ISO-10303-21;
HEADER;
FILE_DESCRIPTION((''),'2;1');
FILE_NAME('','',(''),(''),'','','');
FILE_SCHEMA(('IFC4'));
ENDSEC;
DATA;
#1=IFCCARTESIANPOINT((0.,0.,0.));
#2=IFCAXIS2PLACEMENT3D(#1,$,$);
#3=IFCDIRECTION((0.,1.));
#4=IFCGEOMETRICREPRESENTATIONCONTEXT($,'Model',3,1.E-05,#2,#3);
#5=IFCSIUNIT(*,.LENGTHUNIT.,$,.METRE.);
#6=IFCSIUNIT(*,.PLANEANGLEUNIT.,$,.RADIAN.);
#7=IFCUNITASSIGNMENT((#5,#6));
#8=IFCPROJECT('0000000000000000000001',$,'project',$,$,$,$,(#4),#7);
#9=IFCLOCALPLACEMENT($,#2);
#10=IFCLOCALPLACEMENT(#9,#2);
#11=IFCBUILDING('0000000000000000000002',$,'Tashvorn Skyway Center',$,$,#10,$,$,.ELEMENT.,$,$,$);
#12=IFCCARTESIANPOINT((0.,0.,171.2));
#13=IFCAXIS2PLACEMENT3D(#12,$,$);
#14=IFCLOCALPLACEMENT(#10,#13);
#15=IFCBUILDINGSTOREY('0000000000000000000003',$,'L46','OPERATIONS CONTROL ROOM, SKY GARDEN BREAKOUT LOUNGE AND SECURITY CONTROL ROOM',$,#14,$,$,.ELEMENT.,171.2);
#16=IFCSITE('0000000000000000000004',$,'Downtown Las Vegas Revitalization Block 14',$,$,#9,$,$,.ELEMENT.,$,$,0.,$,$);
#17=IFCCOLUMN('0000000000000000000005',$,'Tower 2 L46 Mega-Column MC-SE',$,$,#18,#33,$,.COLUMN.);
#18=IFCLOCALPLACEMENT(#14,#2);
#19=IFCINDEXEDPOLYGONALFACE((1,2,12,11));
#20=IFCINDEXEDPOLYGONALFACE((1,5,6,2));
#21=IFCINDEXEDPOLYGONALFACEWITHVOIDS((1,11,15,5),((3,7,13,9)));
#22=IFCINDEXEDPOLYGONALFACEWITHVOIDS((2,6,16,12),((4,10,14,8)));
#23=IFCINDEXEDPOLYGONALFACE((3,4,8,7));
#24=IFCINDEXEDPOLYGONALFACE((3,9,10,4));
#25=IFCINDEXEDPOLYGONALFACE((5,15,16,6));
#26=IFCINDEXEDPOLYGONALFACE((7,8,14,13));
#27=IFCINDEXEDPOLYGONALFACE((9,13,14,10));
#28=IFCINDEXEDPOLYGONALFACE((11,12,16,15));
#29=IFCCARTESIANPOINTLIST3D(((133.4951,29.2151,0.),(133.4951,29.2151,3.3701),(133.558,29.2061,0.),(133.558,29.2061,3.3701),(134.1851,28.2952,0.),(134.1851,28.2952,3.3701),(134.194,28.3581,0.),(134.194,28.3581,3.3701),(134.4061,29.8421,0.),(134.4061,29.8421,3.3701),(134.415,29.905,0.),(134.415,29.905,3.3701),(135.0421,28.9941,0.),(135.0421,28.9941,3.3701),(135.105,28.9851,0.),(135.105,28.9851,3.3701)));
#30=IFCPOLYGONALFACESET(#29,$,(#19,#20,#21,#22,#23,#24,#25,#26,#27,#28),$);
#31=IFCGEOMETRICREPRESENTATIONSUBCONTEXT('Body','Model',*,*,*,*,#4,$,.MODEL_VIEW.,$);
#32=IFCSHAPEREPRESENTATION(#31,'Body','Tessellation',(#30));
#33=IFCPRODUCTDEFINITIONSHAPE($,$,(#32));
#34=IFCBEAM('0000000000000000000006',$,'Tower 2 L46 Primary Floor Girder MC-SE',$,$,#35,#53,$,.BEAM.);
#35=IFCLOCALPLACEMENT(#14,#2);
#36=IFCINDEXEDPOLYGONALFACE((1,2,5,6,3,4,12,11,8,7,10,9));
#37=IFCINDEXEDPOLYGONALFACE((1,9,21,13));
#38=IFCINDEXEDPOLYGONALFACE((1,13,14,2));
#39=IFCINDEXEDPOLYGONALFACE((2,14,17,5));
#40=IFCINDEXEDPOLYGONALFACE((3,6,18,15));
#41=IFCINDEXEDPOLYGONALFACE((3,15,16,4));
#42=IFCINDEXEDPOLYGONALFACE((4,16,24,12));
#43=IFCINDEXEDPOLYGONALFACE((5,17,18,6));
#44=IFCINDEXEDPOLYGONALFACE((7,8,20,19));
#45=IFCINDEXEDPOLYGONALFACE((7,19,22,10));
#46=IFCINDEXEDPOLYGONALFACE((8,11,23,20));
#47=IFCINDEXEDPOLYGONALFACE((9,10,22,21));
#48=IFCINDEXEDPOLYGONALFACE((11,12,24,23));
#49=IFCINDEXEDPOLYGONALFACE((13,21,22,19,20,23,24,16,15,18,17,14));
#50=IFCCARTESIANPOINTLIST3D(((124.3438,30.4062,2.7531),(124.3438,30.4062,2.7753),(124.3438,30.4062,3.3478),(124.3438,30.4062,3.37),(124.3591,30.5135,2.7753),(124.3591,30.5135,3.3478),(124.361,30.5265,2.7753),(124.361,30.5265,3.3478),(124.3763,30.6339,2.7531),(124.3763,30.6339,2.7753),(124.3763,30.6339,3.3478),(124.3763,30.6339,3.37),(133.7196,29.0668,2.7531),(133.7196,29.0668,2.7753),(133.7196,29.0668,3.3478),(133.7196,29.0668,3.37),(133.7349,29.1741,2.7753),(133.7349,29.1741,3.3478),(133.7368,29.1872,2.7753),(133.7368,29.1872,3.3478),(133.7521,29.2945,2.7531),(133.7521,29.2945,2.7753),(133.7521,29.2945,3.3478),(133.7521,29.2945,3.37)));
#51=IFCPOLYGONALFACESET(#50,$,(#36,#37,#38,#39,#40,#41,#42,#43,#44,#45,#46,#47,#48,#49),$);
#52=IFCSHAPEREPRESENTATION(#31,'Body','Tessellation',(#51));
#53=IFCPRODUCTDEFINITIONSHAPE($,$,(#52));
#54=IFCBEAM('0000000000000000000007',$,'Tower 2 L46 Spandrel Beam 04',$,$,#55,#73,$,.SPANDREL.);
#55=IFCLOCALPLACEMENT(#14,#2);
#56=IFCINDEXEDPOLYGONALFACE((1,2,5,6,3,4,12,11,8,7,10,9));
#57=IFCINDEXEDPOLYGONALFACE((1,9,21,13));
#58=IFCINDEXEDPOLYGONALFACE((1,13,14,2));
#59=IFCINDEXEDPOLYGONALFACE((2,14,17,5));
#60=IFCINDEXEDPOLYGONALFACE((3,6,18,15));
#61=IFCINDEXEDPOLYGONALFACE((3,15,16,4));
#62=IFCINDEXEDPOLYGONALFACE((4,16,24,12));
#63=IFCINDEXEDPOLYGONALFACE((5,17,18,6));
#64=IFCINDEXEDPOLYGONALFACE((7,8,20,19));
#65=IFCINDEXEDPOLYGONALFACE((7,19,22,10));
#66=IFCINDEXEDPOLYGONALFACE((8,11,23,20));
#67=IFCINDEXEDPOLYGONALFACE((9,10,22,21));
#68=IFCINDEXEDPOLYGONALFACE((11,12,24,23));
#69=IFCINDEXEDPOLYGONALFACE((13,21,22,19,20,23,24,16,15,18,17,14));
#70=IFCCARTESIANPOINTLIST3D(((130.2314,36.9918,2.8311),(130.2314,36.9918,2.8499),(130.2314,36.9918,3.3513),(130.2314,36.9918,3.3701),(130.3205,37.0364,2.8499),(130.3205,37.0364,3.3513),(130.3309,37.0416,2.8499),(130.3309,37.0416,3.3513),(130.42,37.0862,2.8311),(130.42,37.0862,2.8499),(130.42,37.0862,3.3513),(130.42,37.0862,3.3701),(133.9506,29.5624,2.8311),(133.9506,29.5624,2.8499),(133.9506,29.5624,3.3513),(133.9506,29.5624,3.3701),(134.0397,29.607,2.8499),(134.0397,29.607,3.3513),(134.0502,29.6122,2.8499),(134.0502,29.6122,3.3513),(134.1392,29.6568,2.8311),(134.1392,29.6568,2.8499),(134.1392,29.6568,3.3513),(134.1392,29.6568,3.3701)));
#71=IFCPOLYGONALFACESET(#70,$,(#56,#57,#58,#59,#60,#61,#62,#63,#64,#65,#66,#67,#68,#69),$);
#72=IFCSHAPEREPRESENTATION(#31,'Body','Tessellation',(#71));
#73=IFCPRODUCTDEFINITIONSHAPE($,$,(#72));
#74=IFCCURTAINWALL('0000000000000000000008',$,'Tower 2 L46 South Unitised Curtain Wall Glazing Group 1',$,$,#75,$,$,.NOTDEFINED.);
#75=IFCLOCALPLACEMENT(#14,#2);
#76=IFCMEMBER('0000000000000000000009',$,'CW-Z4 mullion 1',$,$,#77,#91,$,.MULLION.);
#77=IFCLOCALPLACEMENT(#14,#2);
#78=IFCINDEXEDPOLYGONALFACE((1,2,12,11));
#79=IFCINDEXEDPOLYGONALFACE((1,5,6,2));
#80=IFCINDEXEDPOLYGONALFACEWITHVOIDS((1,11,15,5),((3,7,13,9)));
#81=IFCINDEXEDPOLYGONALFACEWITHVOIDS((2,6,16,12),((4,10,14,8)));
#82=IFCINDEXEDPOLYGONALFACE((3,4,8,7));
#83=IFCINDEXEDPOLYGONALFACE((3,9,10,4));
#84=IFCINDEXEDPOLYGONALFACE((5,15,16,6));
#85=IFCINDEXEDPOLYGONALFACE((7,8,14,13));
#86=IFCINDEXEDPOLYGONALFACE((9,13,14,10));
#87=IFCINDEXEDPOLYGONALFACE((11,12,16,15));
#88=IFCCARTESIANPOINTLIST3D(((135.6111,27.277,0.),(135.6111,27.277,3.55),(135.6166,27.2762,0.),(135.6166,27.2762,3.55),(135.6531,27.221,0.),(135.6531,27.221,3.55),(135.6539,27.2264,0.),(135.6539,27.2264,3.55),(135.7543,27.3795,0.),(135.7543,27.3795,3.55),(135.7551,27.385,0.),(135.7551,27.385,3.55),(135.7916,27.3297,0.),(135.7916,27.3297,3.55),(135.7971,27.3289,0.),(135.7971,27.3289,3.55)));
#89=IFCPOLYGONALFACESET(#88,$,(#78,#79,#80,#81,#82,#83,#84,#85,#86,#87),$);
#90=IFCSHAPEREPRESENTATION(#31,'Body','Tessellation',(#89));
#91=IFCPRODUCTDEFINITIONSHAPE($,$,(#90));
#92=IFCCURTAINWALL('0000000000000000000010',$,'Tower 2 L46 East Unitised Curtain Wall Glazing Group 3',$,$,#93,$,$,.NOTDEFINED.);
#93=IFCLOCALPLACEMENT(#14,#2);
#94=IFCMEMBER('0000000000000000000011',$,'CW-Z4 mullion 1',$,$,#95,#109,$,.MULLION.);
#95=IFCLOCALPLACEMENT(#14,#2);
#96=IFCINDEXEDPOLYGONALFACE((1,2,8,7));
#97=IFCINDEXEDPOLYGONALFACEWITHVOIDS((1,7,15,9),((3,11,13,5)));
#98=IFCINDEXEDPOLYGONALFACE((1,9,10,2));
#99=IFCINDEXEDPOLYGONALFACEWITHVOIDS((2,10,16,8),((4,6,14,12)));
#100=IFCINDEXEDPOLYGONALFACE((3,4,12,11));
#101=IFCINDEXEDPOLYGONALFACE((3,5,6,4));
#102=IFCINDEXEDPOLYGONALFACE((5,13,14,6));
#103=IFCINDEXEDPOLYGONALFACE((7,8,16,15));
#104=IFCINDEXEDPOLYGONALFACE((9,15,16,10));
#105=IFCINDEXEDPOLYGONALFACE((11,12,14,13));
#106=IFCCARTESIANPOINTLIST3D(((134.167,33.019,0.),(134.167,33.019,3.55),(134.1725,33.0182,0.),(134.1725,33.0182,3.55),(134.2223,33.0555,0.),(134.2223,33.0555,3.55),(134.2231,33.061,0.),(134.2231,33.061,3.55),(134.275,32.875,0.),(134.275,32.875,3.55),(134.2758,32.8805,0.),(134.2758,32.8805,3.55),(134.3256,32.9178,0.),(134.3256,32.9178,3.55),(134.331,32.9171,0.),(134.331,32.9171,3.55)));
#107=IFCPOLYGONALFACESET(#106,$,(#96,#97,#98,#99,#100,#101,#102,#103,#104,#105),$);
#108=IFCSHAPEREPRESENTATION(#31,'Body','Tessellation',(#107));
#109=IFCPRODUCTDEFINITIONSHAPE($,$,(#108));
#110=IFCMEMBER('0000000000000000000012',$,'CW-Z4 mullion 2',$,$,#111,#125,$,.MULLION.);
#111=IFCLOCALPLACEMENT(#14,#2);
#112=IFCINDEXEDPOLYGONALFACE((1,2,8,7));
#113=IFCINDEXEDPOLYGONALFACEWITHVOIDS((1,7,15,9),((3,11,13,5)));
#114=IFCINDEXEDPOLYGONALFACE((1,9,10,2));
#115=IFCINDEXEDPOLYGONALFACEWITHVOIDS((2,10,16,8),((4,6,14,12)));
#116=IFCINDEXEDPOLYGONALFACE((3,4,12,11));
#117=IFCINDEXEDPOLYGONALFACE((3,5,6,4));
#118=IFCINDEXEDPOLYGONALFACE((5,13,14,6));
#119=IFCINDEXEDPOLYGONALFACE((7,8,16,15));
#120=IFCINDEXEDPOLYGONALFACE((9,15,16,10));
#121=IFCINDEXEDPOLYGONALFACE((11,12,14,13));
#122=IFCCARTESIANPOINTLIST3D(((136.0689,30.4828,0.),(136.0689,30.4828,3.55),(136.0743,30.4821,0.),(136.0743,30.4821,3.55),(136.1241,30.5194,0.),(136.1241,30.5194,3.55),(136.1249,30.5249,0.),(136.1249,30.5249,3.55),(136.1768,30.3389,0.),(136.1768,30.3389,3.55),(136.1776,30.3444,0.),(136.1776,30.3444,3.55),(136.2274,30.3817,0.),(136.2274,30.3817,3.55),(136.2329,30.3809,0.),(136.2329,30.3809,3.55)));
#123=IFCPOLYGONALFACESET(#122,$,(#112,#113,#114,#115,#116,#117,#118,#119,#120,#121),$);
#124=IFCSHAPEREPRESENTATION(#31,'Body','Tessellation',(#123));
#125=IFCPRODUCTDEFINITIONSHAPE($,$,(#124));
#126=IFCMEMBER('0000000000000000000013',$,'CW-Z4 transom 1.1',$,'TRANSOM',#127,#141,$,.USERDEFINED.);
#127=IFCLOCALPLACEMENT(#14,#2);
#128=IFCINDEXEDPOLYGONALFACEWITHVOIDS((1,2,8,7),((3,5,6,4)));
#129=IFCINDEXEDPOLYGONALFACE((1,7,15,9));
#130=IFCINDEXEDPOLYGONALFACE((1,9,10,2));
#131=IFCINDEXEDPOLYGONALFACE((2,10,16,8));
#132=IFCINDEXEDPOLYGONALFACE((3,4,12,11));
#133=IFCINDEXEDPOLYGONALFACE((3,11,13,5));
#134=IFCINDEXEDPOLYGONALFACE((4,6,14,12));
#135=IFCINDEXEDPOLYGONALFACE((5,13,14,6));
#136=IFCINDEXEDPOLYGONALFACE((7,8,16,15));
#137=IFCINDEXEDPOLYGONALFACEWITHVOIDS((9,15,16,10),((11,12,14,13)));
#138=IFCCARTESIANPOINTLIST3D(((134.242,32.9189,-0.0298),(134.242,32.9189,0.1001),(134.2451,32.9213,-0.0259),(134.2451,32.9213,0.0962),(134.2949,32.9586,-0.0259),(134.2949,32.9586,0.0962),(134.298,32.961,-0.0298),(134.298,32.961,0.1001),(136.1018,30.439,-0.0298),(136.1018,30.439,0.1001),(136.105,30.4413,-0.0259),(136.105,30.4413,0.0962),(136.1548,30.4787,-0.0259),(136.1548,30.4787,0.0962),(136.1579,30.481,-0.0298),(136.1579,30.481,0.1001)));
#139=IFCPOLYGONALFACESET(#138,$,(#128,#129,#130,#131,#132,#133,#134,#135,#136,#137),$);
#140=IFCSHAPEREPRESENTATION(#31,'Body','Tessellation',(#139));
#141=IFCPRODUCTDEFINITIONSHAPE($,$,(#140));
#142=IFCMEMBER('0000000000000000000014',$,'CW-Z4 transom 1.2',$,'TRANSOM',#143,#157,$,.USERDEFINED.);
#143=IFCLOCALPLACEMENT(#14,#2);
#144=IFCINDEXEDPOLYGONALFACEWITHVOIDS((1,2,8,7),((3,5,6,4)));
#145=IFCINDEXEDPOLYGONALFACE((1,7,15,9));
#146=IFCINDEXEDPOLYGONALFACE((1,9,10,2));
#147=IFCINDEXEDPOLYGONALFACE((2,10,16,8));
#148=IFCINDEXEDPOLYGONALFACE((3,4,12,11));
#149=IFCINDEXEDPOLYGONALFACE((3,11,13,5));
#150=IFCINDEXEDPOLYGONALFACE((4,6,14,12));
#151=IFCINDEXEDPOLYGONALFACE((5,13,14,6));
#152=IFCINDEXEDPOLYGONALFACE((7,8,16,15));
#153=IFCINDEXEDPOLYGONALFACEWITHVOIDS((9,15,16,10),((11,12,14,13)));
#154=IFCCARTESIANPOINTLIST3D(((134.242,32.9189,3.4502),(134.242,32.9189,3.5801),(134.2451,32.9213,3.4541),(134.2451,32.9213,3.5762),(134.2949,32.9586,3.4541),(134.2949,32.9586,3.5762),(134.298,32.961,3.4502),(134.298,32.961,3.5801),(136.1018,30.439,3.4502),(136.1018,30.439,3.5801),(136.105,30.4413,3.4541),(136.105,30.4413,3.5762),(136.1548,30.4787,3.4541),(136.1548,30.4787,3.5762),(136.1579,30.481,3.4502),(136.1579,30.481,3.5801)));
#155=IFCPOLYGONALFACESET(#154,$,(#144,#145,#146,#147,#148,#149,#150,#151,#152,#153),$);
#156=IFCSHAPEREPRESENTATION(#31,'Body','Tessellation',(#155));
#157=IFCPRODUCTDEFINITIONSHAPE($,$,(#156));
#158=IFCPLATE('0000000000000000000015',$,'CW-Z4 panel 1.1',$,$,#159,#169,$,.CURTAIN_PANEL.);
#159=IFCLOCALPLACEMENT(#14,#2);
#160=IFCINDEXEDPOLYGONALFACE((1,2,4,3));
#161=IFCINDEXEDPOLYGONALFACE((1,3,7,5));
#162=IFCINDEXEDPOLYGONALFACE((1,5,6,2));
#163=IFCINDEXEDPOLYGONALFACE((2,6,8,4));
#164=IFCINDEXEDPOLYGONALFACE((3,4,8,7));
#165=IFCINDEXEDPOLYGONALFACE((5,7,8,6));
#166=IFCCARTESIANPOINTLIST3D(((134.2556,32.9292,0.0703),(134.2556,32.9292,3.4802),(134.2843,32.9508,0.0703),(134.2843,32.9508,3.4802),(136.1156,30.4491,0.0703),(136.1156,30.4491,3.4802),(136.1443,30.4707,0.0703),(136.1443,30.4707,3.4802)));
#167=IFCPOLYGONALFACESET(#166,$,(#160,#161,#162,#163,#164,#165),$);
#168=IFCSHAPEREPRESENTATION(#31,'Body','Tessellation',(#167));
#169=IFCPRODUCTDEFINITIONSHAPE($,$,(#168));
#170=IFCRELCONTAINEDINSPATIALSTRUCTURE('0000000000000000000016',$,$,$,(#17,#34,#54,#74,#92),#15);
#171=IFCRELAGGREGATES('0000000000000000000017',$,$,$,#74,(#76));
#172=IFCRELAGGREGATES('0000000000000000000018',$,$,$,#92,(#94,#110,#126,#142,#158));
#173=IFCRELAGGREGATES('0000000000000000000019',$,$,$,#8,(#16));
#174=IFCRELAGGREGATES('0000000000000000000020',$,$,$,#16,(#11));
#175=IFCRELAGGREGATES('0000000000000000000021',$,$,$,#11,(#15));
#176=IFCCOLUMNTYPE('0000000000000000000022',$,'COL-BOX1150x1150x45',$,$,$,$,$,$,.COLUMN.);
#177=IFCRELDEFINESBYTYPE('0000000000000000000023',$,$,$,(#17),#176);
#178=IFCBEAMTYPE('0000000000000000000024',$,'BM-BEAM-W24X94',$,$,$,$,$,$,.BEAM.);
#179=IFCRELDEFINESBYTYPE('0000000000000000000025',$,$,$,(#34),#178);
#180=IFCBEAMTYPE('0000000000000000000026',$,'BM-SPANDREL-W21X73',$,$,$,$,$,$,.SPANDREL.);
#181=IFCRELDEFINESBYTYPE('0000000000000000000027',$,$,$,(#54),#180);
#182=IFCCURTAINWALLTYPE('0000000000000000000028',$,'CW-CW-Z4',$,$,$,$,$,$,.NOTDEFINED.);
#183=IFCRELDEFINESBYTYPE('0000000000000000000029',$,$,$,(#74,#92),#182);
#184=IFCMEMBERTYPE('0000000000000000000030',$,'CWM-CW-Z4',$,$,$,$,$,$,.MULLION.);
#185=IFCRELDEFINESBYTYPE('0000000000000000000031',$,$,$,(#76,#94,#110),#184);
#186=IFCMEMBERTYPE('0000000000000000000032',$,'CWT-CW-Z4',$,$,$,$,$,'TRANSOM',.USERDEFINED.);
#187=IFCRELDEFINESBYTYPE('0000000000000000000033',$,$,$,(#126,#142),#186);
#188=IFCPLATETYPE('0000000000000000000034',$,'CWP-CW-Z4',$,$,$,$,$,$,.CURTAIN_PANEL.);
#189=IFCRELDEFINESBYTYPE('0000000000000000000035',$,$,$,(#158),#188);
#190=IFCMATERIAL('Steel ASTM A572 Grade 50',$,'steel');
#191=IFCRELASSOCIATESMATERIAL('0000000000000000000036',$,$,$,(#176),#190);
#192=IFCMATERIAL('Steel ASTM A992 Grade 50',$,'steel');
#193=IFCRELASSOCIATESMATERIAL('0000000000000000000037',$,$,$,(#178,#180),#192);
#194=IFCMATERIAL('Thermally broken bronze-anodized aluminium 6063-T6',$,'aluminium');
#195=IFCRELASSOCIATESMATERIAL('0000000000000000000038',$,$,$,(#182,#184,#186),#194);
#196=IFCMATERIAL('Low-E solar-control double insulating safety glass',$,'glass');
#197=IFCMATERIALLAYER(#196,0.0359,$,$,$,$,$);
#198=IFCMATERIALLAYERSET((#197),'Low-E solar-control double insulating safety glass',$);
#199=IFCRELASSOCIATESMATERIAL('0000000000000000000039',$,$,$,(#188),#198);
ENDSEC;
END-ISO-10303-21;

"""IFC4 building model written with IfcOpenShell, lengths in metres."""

from ifc_helpers import new_model, si_unit, direction, frame, origin, origin_2d, place, context, subcontext, project, spatial, rectangle, hollow_rectangle, i_section, extrude, material, layer, layer_set, material_profile, profile_set, type_object, element, aggregate, save


model = new_model("IFC4")

# Units and contexts
model_context = context("Model", 3, precision=1e-05, world=origin(), true_north=direction((0.0, 1.0)))
body_context = subcontext(model_context, "Body", "Model", "MODEL_VIEW")
ifc_project = project(units=[si_unit("LENGTHUNIT", "METRE"), si_unit("PLANEANGLEUNIT", "RADIAN")], contexts=[model_context])

# Site, building, storey
site_placement = place(None, origin())
site = spatial("IfcSite", under=ifc_project, at=site_placement, Name="Downtown Las Vegas Revitalization Block 14", CompositionType="ELEMENT", RefElevation=0.0)
building_placement = place(site_placement, origin())
building = spatial("IfcBuilding", under=site, at=building_placement, Name="Tashvorn Skyway Center", CompositionType="ELEMENT")
storey_placement = place(building_placement, frame((0.0, 0.0, 171.2)))
storey = spatial("IfcBuildingStorey", under=building, at=storey_placement, Name="L46", Description="OPERATIONS CONTROL ROOM, SKY GARDEN BREAKOUT LOUNGE AND SECURITY CONTROL ROOM", CompositionType="ELEMENT", Elevation=171.2)

# Column
ifc_material_1 = material(Name="Steel ASTM A572 Grade 50", Category="steel")
ifc_material_profile_1 = material_profile(ifc_material_1, hollow_rectangle(XDim=1.1499, YDim=1.1499, WallThickness=0.0449, at=origin_2d()), Name="BOX1150x1150x45")
ifc_profile_set_1 = profile_set([ifc_material_profile_1], Name="Steel ASTM A572 Grade 50")
column_type = type_object("IfcColumnType", Name="COL-BOX1150x1150x45", PredefinedType="COLUMN", material=ifc_profile_set_1)
column_placement = place(storey_placement, frame((134.3, 29.1001, 0.0), z_axis=(0.0, 0.0, 1.0), x_axis=(0.8, 0.6, 0.0)))
element("IfcColumn", 1, at=column_placement, inside=storey, type_object=column_type, Name="Tower 2 L46 Mega-Column MC-SE", PredefinedType="COLUMN", context=body_context, shape_type="SweptSolid", body=[
    extrude(hollow_rectangle(XDim=1.1499, YDim=1.1499, WallThickness=0.0449, at=origin_2d()), origin(), (0.0, 0.0, 1.0), 3.3701),
])

# Beams
ifc_material_2 = material(Name="Steel ASTM A992 Grade 50", Category="steel")
ifc_material_profile_2 = material_profile(ifc_material_2, i_section(OverallWidth=0.23, OverallDepth=0.6169, WebThickness=0.0132, FlangeThickness=0.0222, at=origin_2d()), Name="W24X94")
ifc_profile_set_2 = profile_set([ifc_material_profile_2], Name="Steel ASTM A992 Grade 50")
beam_type_1 = type_object("IfcBeamType", Name="BM-BEAM-W24X94", PredefinedType="BEAM", material=ifc_profile_set_2)
beam_1_placement = place(storey_placement, frame((133.7358, 29.1807, 3.0615), z_axis=(-0.98995, 0.141418, 0.0), x_axis=(-0.141418, -0.98995, 0.0)))
element("IfcBeam", 2, at=beam_1_placement, inside=storey, type_object=beam_type_1, Name="Tower 2 L46 Primary Floor Girder MC-SE", PredefinedType="BEAM", context=body_context, shape_type="SweptSolid", body=[
    extrude(i_section(OverallWidth=0.23, OverallDepth=0.6169, WebThickness=0.0132, FlangeThickness=0.0222, at=origin_2d()), origin(), (0.0, 0.0, 1.0), 9.4709),
])
ifc_material_profile_3 = material_profile(ifc_material_2, i_section(OverallWidth=0.2109, OverallDepth=0.5391, WebThickness=0.0117, FlangeThickness=0.0188, at=origin_2d()), Name="W21X73")
ifc_profile_set_3 = profile_set([ifc_material_profile_3], Name="Steel ASTM A992 Grade 50")
beam_type_2 = type_object("IfcBeamType", Name="BM-SPANDREL-W21X73", PredefinedType="SPANDREL", material=ifc_profile_set_3)
beam_2_placement = place(storey_placement, frame((134.0449, 29.6096, 3.1006), z_axis=(-0.447648, 0.89421, 0.0), x_axis=(-0.89421, -0.447648, 0.0)))
element("IfcBeam", 3, at=beam_2_placement, inside=storey, type_object=beam_type_2, Name="Tower 2 L46 Spandrel Beam 04", PredefinedType="SPANDREL", context=body_context, shape_type="SweptSolid", body=[
    extrude(i_section(OverallWidth=0.2109, OverallDepth=0.5391, WebThickness=0.0117, FlangeThickness=0.0188, at=origin_2d()), origin(), (0.0, 0.0, 1.0), 8.3083),
])

# Curtain wall, member
ifc_material_3 = material(Name="Thermally broken bronze-anodized aluminium 6063-T6", Category="aluminium")
curtain_wall_type = type_object("IfcCurtainWallType", Name="CW-CW-Z4", PredefinedType="NOTDEFINED", material=ifc_material_3)
curtain_wall_1_placement = place(storey_placement, origin())
curtain_wall_1 = element("IfcCurtainWall", 4, at=curtain_wall_1_placement, inside=storey, type_object=curtain_wall_type, Name="Tower 2 L46 South Unitised Curtain Wall Glazing Group 1", PredefinedType="NOTDEFINED")
ifc_material_profile_4 = material_profile(ifc_material_3, hollow_rectangle(XDim=0.0701, YDim=0.1799, WallThickness=0.0039, at=origin_2d()), Name="ALU-MULL-70x180")
ifc_profile_set_4 = profile_set([ifc_material_profile_4], Name="Thermally broken bronze-anodized aluminium 6063-T6")
member_type_1 = type_object("IfcMemberType", Name="CWM-CW-Z4", PredefinedType="MULLION", material=ifc_profile_set_4)
member_1_placement = place(storey_placement, frame((135.7041, 27.303, 0.0), z_axis=(0.0, 0.0, 1.0), x_axis=(0.6, -0.8, 0.0)))
member_1 = element("IfcMember", 5, at=member_1_placement, type_object=member_type_1, Name="CW-Z4 mullion 1", PredefinedType="MULLION", context=body_context, shape_type="SweptSolid", body=[
    extrude(hollow_rectangle(XDim=0.0701, YDim=0.1799, WallThickness=0.0039, at=origin_2d()), origin(), (0.0, 0.0, 1.0), 3.55),
])
aggregate(curtain_wall_1, [member_1])

# Curtain wall, members, plate
curtain_wall_2_placement = place(storey_placement, origin())
curtain_wall_2 = element("IfcCurtainWall", 6, at=curtain_wall_2_placement, inside=storey, type_object=curtain_wall_type, Name="Tower 2 L46 East Unitised Curtain Wall Glazing Group 3", PredefinedType="NOTDEFINED")
member_2_placement = place(storey_placement, frame((134.249, 32.968, 0.0), z_axis=(0.0, 0.0, 1.0), x_axis=(0.8, 0.6, 0.0)))
member_2 = element("IfcMember", 7, at=member_2_placement, type_object=member_type_1, Name="CW-Z4 mullion 1", PredefinedType="MULLION", context=body_context, shape_type="SweptSolid", body=[
    extrude(hollow_rectangle(XDim=0.0701, YDim=0.1799, WallThickness=0.0039, at=origin_2d()), origin(), (0.0, 0.0, 1.0), 3.55),
])
member_3_placement = place(storey_placement, frame((136.1509, 30.4319, 0.0), z_axis=(0.0, 0.0, 1.0), x_axis=(0.8, 0.6, 0.0)))
member_3 = element("IfcMember", 8, at=member_3_placement, type_object=member_type_1, Name="CW-Z4 mullion 2", PredefinedType="MULLION", context=body_context, shape_type="SweptSolid", body=[
    extrude(hollow_rectangle(XDim=0.0701, YDim=0.1799, WallThickness=0.0039, at=origin_2d()), origin(), (0.0, 0.0, 1.0), 3.55),
])
ifc_material_profile_5 = material_profile(ifc_material_3, hollow_rectangle(XDim=0.0701, YDim=0.1299, WallThickness=0.0039, at=origin_2d()), Name="ALU-TRAN-70x130")
ifc_profile_set_5 = profile_set([ifc_material_profile_5], Name="Thermally broken bronze-anodized aluminium 6063-T6")
member_type_2 = type_object("IfcMemberType", Name="CWT-CW-Z4", ElementType="TRANSOM", PredefinedType="USERDEFINED", material=ifc_profile_set_5)
member_4_placement = place(storey_placement, frame((134.27, 32.9399, 0.0352), z_axis=(0.599975, -0.800019, 0.0), x_axis=(0.800019, 0.599975, 0.0)))
member_4 = element("IfcMember", 9, at=member_4_placement, type_object=member_type_2, Name="CW-Z4 transom 1.1", ObjectType="TRANSOM", PredefinedType="USERDEFINED", context=body_context, shape_type="SweptSolid", body=[
    extrude(hollow_rectangle(XDim=0.0701, YDim=0.1299, WallThickness=0.0039, at=origin_2d()), origin(), (0.0, 0.0, 1.0), 3.0999),
])
member_5_placement = place(storey_placement, frame((134.27, 32.9399, 3.5151), z_axis=(0.599975, -0.800019, 0.0), x_axis=(0.800019, 0.599975, 0.0)))
member_5 = element("IfcMember", 10, at=member_5_placement, type_object=member_type_2, Name="CW-Z4 transom 1.2", ObjectType="TRANSOM", PredefinedType="USERDEFINED", context=body_context, shape_type="SweptSolid", body=[
    extrude(hollow_rectangle(XDim=0.0701, YDim=0.1299, WallThickness=0.0039, at=origin_2d()), origin(), (0.0, 0.0, 1.0), 3.0999),
])
ifc_material_4 = material(Name="Low-E solar-control double insulating safety glass", Category="glass")
ifc_layer_1 = layer(ifc_material_4, 0.0359)
ifc_layer_set_1 = layer_set([ifc_layer_1], Name="Low-E solar-control double insulating safety glass")
plate_type = type_object("IfcPlateType", Name="CWP-CW-Z4", PredefinedType="CURTAIN_PANEL", material=ifc_layer_set_1)
plate_placement = place(storey_placement, frame((135.2, 31.7, 0.0703), z_axis=(0.0, 0.0, 1.0), x_axis=(0.6, -0.8, 0.0)))
plate = element("IfcPlate", 11, at=plate_placement, type_object=plate_type, Name="CW-Z4 panel 1.1", PredefinedType="CURTAIN_PANEL", context=body_context, shape_type="SweptSolid", body=[
    extrude(rectangle(XDim=3.1001, YDim=0.0359, at=origin_2d()), origin(), (0.0, 0.0, 1.0), 3.4099),
])
aggregate(curtain_wall_2, [member_2, member_3, member_4, member_5, plate])

save(model, "model.ifc")
